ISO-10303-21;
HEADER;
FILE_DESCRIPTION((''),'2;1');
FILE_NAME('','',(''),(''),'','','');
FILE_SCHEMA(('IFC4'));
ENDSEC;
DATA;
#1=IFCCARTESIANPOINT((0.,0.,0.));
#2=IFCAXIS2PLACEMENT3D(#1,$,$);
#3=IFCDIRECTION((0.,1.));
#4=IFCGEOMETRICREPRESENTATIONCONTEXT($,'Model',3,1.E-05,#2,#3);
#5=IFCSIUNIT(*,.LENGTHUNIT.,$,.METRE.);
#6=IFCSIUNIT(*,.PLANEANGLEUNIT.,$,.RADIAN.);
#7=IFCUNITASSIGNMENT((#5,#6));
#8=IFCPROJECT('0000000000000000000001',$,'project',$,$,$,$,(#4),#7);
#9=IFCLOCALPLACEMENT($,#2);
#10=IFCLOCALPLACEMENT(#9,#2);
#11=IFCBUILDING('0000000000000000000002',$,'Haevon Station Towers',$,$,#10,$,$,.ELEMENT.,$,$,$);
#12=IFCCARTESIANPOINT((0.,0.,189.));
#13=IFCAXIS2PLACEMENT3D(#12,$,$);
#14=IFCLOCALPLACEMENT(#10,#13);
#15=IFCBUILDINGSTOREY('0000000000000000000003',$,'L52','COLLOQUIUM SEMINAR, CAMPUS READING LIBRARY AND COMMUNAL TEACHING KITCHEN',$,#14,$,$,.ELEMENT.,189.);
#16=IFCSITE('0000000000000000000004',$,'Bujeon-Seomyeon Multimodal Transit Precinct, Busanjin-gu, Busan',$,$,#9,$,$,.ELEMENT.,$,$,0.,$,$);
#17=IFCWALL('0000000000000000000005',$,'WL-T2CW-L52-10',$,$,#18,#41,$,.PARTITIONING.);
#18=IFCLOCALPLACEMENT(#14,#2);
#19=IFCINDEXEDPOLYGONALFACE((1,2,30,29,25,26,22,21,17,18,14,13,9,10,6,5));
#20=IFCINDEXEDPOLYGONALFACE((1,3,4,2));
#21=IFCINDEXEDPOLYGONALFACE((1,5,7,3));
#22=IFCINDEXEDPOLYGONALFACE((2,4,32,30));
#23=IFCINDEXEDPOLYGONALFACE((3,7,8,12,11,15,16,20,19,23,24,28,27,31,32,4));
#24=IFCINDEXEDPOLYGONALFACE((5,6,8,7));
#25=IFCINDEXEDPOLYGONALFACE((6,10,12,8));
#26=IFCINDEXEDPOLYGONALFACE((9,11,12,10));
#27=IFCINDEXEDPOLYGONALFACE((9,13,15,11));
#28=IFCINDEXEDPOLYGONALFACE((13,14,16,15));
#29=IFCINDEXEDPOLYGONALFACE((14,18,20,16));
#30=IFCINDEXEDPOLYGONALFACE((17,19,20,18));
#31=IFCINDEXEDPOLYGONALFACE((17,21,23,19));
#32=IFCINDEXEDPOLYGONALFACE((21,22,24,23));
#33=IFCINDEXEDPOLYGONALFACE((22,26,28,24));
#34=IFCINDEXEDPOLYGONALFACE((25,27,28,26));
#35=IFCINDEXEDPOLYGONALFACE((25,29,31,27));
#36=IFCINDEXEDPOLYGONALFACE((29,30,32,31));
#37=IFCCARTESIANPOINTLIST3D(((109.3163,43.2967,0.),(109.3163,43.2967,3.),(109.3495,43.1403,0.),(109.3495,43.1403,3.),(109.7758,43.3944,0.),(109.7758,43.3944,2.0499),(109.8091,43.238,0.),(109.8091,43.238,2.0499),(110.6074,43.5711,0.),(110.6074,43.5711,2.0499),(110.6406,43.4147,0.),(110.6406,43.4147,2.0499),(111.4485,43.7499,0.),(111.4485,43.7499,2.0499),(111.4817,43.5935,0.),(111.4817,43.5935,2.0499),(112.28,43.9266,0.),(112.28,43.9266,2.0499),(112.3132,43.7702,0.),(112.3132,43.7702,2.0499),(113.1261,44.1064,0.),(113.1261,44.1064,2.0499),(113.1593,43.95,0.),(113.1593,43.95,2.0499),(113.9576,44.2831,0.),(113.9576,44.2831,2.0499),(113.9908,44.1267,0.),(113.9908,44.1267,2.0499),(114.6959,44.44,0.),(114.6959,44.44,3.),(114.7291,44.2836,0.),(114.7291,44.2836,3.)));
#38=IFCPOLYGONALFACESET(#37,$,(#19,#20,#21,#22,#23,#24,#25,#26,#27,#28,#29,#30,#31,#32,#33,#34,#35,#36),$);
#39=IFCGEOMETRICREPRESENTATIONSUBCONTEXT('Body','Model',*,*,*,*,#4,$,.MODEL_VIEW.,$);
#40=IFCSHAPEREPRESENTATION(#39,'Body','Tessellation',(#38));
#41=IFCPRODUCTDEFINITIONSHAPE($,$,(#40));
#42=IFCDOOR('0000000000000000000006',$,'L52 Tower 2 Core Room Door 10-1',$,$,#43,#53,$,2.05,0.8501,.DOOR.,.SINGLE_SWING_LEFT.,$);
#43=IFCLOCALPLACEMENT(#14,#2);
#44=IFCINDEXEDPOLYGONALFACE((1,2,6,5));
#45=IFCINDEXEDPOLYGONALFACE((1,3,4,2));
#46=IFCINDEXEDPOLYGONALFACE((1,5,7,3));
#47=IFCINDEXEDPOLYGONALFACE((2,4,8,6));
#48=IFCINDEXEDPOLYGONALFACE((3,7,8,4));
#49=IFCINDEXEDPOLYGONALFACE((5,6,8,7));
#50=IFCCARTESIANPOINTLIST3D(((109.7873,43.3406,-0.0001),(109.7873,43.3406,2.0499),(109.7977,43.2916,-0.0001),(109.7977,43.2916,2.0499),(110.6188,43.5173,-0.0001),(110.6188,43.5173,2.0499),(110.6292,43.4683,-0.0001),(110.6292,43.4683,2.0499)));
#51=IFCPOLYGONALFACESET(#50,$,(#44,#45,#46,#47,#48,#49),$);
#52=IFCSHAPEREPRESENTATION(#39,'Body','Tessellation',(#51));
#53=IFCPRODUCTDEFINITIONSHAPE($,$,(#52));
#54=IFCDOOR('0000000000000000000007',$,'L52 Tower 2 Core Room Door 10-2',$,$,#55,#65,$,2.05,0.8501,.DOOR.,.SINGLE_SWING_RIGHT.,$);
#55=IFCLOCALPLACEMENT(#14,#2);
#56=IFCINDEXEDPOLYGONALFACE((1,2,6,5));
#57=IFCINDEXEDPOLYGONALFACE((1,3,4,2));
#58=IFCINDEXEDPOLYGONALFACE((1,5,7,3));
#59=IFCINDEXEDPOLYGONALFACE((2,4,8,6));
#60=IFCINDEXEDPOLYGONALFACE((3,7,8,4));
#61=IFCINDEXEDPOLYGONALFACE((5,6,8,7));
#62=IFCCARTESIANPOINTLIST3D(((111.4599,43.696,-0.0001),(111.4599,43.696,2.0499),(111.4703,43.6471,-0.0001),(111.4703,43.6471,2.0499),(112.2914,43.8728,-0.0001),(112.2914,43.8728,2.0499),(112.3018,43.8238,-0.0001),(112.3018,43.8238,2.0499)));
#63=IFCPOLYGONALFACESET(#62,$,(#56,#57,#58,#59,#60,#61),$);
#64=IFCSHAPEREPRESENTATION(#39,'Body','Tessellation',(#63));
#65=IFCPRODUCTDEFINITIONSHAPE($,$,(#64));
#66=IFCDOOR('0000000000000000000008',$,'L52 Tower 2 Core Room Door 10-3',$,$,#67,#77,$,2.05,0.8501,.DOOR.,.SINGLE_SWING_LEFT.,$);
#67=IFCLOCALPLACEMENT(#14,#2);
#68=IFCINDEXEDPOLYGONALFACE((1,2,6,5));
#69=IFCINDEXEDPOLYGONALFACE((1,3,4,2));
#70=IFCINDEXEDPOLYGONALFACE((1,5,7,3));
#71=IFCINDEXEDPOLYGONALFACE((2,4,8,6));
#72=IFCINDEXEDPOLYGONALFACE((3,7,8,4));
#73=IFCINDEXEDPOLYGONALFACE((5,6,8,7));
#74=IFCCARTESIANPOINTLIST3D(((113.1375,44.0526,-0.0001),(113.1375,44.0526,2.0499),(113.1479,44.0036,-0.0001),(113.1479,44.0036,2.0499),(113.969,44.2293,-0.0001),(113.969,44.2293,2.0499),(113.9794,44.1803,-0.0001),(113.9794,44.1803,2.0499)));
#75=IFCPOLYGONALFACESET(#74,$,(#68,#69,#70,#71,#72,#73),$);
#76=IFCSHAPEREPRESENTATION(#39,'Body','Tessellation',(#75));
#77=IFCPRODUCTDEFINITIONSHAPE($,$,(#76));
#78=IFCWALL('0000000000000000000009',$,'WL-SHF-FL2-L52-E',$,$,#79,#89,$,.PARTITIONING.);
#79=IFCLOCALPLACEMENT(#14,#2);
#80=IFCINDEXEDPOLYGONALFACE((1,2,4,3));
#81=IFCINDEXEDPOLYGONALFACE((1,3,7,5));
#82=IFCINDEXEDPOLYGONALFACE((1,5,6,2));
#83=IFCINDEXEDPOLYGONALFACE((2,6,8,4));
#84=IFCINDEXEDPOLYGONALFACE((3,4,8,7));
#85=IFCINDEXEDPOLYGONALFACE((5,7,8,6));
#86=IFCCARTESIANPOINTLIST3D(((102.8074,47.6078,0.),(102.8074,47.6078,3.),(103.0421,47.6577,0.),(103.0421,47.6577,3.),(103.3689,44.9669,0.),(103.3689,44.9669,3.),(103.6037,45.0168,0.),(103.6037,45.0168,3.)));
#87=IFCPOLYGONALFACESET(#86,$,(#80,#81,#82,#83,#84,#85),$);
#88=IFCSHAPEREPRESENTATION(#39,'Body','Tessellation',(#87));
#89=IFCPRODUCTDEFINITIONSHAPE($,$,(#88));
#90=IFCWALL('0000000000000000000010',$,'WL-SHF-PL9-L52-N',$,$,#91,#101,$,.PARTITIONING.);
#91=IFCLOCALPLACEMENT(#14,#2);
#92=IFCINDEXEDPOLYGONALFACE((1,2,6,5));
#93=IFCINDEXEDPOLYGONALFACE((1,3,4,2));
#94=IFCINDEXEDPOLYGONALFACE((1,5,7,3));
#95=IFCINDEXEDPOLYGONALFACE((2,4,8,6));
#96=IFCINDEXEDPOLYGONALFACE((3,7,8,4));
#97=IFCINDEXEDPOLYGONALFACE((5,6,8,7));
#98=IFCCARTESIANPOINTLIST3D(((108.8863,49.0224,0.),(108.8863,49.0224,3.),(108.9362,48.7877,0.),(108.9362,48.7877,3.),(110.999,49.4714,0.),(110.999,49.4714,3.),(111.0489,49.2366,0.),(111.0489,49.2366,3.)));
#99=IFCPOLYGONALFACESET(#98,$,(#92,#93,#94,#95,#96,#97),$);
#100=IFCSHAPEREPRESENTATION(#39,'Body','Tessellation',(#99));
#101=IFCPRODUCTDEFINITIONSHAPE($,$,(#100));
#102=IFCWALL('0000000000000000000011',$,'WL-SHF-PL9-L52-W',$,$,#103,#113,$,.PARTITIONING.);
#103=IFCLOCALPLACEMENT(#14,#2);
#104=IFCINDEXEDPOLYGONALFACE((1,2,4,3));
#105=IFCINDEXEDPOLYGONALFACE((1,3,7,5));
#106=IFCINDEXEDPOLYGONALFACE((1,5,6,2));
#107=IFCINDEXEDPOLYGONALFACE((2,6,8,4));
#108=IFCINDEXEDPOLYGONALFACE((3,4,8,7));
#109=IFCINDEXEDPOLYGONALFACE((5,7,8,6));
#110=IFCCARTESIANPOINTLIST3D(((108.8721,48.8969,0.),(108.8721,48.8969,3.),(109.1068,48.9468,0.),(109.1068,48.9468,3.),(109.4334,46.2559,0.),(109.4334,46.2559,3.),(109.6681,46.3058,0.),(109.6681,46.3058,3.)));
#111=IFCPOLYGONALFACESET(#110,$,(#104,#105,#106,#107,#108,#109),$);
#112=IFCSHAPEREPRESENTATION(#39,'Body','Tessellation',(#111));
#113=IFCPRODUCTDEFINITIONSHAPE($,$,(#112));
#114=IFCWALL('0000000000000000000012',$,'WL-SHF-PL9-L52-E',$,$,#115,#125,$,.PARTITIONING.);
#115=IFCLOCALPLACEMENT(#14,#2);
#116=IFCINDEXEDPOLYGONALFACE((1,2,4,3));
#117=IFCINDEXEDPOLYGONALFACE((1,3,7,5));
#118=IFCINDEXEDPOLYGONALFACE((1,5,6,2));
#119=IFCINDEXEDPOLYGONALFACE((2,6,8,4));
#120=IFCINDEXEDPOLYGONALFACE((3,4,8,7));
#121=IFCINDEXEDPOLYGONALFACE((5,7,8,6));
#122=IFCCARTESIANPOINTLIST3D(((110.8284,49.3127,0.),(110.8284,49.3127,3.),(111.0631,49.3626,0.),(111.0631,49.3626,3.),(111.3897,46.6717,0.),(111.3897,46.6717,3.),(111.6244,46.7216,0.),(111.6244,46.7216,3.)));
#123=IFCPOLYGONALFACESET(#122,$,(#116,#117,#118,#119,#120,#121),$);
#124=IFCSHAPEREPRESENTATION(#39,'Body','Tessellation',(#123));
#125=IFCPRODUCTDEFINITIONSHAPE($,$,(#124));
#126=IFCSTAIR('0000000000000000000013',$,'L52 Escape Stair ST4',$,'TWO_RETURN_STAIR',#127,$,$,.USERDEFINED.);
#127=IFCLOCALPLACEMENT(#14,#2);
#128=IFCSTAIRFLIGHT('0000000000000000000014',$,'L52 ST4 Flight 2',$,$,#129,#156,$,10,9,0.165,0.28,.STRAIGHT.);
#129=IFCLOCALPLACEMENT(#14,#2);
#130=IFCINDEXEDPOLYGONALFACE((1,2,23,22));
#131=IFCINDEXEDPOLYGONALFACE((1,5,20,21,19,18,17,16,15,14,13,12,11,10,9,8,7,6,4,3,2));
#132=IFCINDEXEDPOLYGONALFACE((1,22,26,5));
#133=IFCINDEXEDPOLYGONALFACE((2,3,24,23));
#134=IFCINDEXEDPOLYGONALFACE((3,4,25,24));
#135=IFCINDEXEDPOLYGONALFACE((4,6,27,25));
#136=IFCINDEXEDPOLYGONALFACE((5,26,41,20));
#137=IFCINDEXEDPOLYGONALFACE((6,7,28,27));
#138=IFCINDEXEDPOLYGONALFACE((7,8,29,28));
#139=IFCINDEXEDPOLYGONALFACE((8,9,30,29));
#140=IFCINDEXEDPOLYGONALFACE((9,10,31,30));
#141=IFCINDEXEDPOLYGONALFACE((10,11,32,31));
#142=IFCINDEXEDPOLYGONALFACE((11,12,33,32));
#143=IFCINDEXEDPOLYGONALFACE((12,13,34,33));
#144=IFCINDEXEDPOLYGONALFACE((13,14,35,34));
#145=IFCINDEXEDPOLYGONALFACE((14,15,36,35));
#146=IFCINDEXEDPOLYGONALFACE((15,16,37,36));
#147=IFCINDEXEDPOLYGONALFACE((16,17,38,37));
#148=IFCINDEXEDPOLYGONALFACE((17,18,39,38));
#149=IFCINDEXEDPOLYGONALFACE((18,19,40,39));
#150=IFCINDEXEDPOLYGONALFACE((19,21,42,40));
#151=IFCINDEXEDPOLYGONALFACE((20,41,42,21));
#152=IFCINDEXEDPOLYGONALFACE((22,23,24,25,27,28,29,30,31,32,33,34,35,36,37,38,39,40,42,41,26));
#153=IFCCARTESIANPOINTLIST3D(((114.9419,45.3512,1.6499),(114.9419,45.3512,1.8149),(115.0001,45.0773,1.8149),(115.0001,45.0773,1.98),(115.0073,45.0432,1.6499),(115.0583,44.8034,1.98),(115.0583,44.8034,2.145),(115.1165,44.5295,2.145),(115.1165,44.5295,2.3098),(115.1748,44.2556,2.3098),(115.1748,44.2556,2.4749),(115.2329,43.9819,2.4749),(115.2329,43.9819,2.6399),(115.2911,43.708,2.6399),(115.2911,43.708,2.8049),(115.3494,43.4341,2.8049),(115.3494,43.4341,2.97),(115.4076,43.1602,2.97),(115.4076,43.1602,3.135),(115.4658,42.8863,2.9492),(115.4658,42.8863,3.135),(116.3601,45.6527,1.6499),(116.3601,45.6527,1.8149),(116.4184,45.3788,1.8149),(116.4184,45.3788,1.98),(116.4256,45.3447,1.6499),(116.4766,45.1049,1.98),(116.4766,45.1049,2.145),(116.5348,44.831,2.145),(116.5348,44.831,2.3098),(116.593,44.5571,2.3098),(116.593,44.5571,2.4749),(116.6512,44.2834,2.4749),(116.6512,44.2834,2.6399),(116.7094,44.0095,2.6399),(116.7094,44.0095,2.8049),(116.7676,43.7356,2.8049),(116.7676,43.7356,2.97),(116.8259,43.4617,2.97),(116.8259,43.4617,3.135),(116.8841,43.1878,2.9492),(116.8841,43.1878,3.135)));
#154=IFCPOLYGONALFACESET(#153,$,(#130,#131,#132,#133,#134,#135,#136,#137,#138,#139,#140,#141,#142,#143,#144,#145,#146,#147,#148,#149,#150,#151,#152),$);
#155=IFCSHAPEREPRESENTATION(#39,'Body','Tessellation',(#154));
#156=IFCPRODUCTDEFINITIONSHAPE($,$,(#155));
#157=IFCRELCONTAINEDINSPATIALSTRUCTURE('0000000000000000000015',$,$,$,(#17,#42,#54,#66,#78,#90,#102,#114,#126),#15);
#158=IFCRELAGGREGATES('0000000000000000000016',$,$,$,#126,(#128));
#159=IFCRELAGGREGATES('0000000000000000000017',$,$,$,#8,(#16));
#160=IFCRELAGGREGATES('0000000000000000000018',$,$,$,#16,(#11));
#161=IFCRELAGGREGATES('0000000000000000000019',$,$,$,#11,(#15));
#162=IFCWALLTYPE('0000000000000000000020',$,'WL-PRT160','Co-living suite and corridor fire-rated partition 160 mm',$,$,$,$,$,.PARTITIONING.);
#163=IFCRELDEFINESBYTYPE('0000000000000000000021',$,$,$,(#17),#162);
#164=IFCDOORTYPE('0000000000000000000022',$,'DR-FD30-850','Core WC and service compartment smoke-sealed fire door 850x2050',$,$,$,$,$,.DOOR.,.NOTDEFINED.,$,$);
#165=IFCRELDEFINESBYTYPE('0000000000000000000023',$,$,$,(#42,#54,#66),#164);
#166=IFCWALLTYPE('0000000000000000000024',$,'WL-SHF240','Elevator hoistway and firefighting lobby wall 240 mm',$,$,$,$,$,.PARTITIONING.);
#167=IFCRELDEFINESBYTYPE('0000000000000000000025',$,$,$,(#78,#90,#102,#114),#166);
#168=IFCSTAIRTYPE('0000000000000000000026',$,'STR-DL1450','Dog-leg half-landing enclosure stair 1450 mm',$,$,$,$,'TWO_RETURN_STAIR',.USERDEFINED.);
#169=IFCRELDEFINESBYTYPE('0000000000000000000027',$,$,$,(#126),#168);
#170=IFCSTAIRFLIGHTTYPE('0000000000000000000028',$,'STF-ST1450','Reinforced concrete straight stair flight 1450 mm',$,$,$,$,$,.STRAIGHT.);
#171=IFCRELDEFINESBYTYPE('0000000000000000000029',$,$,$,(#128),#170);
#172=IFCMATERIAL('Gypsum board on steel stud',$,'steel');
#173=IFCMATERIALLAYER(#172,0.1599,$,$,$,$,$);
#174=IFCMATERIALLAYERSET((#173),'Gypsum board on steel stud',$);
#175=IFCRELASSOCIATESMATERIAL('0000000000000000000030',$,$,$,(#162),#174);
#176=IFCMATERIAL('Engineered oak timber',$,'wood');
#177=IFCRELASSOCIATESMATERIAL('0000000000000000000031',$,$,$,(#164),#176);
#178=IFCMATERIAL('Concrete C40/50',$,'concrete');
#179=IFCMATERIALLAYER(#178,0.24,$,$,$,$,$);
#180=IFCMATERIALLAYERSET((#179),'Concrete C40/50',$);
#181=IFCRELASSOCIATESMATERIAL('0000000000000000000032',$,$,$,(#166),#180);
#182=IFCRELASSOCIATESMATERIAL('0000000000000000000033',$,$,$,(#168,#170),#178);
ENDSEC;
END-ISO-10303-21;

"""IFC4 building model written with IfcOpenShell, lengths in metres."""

from ifc_helpers import new_model, si_unit, direction, frame, frame_2d, origin, place, context, subcontext, project, spatial, polyline, rectangle, outline, extrude, material, layer, layer_set, type_object, element, fill, aggregate, save


model = new_model("IFC4")

# Units and contexts
model_context = context("Model", 3, precision=1e-05, world=origin(), true_north=direction((0.0, 1.0)))
body_context = subcontext(model_context, "Body", "Model", "MODEL_VIEW")
ifc_project = project(units=[si_unit("LENGTHUNIT", "METRE"), si_unit("PLANEANGLEUNIT", "RADIAN")], contexts=[model_context])

# Site, building, storey
site_placement = place(None, origin())
site = spatial("IfcSite", under=ifc_project, at=site_placement, Name="Bujeon-Seomyeon Multimodal Transit Precinct, Busanjin-gu, Busan", CompositionType="ELEMENT", RefElevation=0.0)
building_placement = place(site_placement, origin())
building = spatial("IfcBuilding", under=site, at=building_placement, Name="Haevon Station Towers", CompositionType="ELEMENT")
storey_placement = place(building_placement, frame((0.0, 0.0, 189.0)))
storey = spatial("IfcBuildingStorey", under=building, at=storey_placement, Name="L52", Description="COLLOQUIUM SEMINAR, CAMPUS READING LIBRARY AND COMMUNAL TEACHING KITCHEN", CompositionType="ELEMENT", Elevation=189.0)

# Shared definitions
ifc_material_1 = material(Name="Gypsum board on steel stud", Category="steel")
ifc_layer_1 = layer(ifc_material_1, 0.1599)
ifc_layer_set_1 = layer_set([ifc_layer_1], Name="Gypsum board on steel stud")
wall_type_1 = type_object("IfcWallType", Name="WL-PRT160", Description="Co-living suite and corridor fire-rated partition 160 mm", PredefinedType="PARTITIONING", material=ifc_layer_set_1)

# Shared definitions
ifc_material_2 = material(Name="Engineered oak timber", Category="wood")

# Wall, openings, doors
wall_1_placement = place(storey_placement, frame((109.3328, 43.2185, 0.0), z_axis=(0.0, 0.0, 1.0), x_axis=(0.978154, 0.207883, 0.0)))
wall_1 = element("IfcWall", 1, at=wall_1_placement, inside=storey, type_object=wall_type_1, Name="WL-T2CW-L52-10", PredefinedType="PARTITIONING", context=body_context, shape_type="SweptSolid", body=[
    extrude(rectangle(XDim=5.4998, YDim=0.1599, at=frame_2d((2.75, 0.0))), origin(), (0.0, 0.0, 1.0), 3.0),
])
opening_1_placement = place(wall_1_placement, frame((0.47, 0.0, 0.0)))
opening_1 = element("IfcOpeningElement", 2, at=opening_1_placement, cuts=wall_1, PredefinedType="OPENING", context=body_context, shape_type="SweptSolid", body=[
    extrude(rectangle(XDim=0.8501, YDim=2.05, at=frame_2d((0.425, 1.0249))), frame((0.0, 0.0898, 0.0), z_axis=(0.0, -1.0, 0.0), x_axis=(1.0, 0.0, 0.0)), (0.0, 0.0, 1.0), 0.1799),
])
opening_2_placement = place(wall_1_placement, frame((2.1799, 0.0, 0.0)))
opening_2 = element("IfcOpeningElement", 3, at=opening_2_placement, cuts=wall_1, PredefinedType="OPENING", context=body_context, shape_type="SweptSolid", body=[
    extrude(rectangle(XDim=0.8501, YDim=2.05, at=frame_2d((0.425, 1.0249))), frame((0.0, 0.0898, 0.0), z_axis=(0.0, -1.0, 0.0), x_axis=(1.0, 0.0, 0.0)), (0.0, 0.0, 1.0), 0.1799),
])
opening_3_placement = place(wall_1_placement, frame((3.895, 0.0, 0.0)))
opening_3 = element("IfcOpeningElement", 4, at=opening_3_placement, cuts=wall_1, PredefinedType="OPENING", context=body_context, shape_type="SweptSolid", body=[
    extrude(rectangle(XDim=0.8501, YDim=2.05, at=frame_2d((0.425, 1.0249))), frame((0.0, 0.0898, 0.0), z_axis=(0.0, -1.0, 0.0), x_axis=(1.0, 0.0, 0.0)), (0.0, 0.0, 1.0), 0.1799),
])
door_type_1 = type_object("IfcDoorType", Name="DR-FD30-850", Description="Core WC and service compartment smoke-sealed fire door 850x2050", OperationType="NOTDEFINED", PredefinedType="DOOR", material=ifc_material_2)
door_1_placement = place(opening_1_placement, origin())
door_1 = element("IfcDoor", 5, at=door_1_placement, inside=storey, type_object=door_type_1, Name="L52 Tower 2 Core Room Door 10-1", OperationType="SINGLE_SWING_LEFT", OverallHeight=2.05, OverallWidth=0.8501, PredefinedType="DOOR", context=body_context, shape_type="SweptSolid", body=[
    extrude(rectangle(XDim=0.8501, YDim=2.05, at=frame_2d((0.425, 1.0249))), frame((0.0, 0.0249, 0.0), z_axis=(0.0, -1.0, 0.0), x_axis=(1.0, 0.0, 0.0)), (0.0, 0.0, 1.0), 0.05),
])
fill(opening_1, door_1)
door_2_placement = place(opening_2_placement, origin())
door_2 = element("IfcDoor", 6, at=door_2_placement, inside=storey, type_object=door_type_1, Name="L52 Tower 2 Core Room Door 10-2", OperationType="SINGLE_SWING_RIGHT", OverallHeight=2.05, OverallWidth=0.8501, PredefinedType="DOOR", context=body_context, shape_type="SweptSolid", body=[
    extrude(rectangle(XDim=0.8501, YDim=2.05, at=frame_2d((0.425, 1.0249))), frame((0.0, 0.0249, 0.0), z_axis=(0.0, -1.0, 0.0), x_axis=(1.0, 0.0, 0.0)), (0.0, 0.0, 1.0), 0.05),
])
fill(opening_2, door_2)
door_3_placement = place(opening_3_placement, origin())
door_3 = element("IfcDoor", 7, at=door_3_placement, inside=storey, type_object=door_type_1, Name="L52 Tower 2 Core Room Door 10-3", OperationType="SINGLE_SWING_LEFT", OverallHeight=2.05, OverallWidth=0.8501, PredefinedType="DOOR", context=body_context, shape_type="SweptSolid", body=[
    extrude(rectangle(XDim=0.8501, YDim=2.05, at=frame_2d((0.425, 1.0249))), frame((0.0, 0.0249, 0.0), z_axis=(0.0, -1.0, 0.0), x_axis=(1.0, 0.0, 0.0)), (0.0, 0.0, 1.0), 0.05),
])
fill(opening_3, door_3)

# Wall
ifc_material_3 = material(Name="Concrete C40/50", Category="concrete")
ifc_layer_2 = layer(ifc_material_3, 0.24)
ifc_layer_set_2 = layer_set([ifc_layer_2], Name="Concrete C40/50")
wall_type_2 = type_object("IfcWallType", Name="WL-SHF240", Description="Elevator hoistway and firefighting lobby wall 240 mm", PredefinedType="PARTITIONING", material=ifc_layer_set_2)
wall_2_placement = place(storey_placement, frame((103.4863, 44.9917, 0.0), z_axis=(0.0, 0.0, 1.0), x_axis=(-0.207979, 0.978133, 0.0)))
element("IfcWall", 8, at=wall_2_placement, inside=storey, type_object=wall_type_2, Name="WL-SHF-FL2-L52-E", PredefinedType="PARTITIONING", context=body_context, shape_type="SweptSolid", body=[
    extrude(rectangle(XDim=2.7, YDim=0.24, at=frame_2d((1.3501, 0.0))), origin(), (0.0, 0.0, 1.0), 3.0),
])

# Walls
wall_3_placement = place(storey_placement, frame((108.9111, 48.905, 0.0), z_axis=(0.0, 0.0, 1.0), x_axis=(0.978158, 0.207861, 0.0)))
element("IfcWall", 9, at=wall_3_placement, inside=storey, type_object=wall_type_2, Name="WL-SHF-PL9-L52-N", PredefinedType="PARTITIONING", context=body_context, shape_type="SweptSolid", body=[
    extrude(rectangle(XDim=2.1599, YDim=0.24, at=frame_2d((1.0801, 0.0))), origin(), (0.0, 0.0, 1.0), 3.0),
])
for number, where, z_axis, x_axis, name in (
    (10, (109.5508, 46.2808, 0.0), (0.0, 0.0, 1.0), (-0.207892, 0.978152, 0.0), "WL-SHF-PL9-L52-W"),
    (11, (111.5071, 46.6965, 0.0), (0.0, 0.0, 1.0), (-0.207892, 0.978152, 0.0), "WL-SHF-PL9-L52-E"),
):
    element("IfcWall", number, at=place(storey_placement, frame(where, z_axis=z_axis, x_axis=x_axis)), inside=storey, type_object=wall_type_2, Name=name, PredefinedType="PARTITIONING", context=body_context, shape_type="SweptSolid", body=[
        extrude(rectangle(XDim=2.7, YDim=0.24, at=frame_2d((1.3501, 0.0))), origin(), (0.0, 0.0, 1.0), 3.0),
    ])

# Stair, stair flight
stair_type = type_object("IfcStairType", Name="STR-DL1450", Description="Dog-leg half-landing enclosure stair 1450 mm", ElementType="TWO_RETURN_STAIR", PredefinedType="USERDEFINED", material=ifc_material_3)
stair_placement = place(storey_placement, origin())
stair = element("IfcStair", 12, at=stair_placement, inside=storey, type_object=stair_type, Name="L52 Escape Stair ST4", ObjectType="TWO_RETURN_STAIR", PredefinedType="USERDEFINED")
stair_flight_type = type_object("IfcStairFlightType", Name="STF-ST1450", Description="Reinforced concrete straight stair flight 1450 mm", PredefinedType="STRAIGHT", material=ifc_material_3)
stair_flight_placement = place(storey_placement, frame((115.6509, 45.502, 1.6499), z_axis=(0.0, 0.0, 1.0), x_axis=(0.207912, -0.978148, 0.0)))
stair_flight = element("IfcStairFlight", 13, at=stair_flight_placement, type_object=stair_flight_type, Name="L52 ST4 Flight 2", NumberOfRisers=10, NumberOfTreads=9, PredefinedType="STRAIGHT", RiserHeight=0.165, TreadLength=0.28, context=body_context, shape_type="SweptSolid", body=[
    extrude(outline(polyline([(0.0, 0.0), (0.0, 0.165), (0.28, 0.165), (0.28, 0.3301), (0.5601, 0.3301), (0.5601, 0.4951), (0.8401, 0.4951), (0.8401, 0.6599), (1.1201, 0.6599), (1.1201, 0.825), (1.3999, 0.825), (1.3999, 0.99), (1.6799, 0.99), (1.6799, 1.155), (1.96, 1.155), (1.96, 1.3201), (2.24, 1.3201), (2.24, 1.4851), (2.52, 1.4851), (2.52, 1.6499), (2.52, 1.2993), (0.3149, 0.0), (0.0, 0.0)])), frame((0.0, 0.7251, 0.0), z_axis=(0.0, -1.0, 0.0), x_axis=(1.0, 0.0, 0.0)), (0.0, 0.0, 1.0), 1.45),
])
aggregate(stair, [stair_flight])

save(model, "model.ifc")
